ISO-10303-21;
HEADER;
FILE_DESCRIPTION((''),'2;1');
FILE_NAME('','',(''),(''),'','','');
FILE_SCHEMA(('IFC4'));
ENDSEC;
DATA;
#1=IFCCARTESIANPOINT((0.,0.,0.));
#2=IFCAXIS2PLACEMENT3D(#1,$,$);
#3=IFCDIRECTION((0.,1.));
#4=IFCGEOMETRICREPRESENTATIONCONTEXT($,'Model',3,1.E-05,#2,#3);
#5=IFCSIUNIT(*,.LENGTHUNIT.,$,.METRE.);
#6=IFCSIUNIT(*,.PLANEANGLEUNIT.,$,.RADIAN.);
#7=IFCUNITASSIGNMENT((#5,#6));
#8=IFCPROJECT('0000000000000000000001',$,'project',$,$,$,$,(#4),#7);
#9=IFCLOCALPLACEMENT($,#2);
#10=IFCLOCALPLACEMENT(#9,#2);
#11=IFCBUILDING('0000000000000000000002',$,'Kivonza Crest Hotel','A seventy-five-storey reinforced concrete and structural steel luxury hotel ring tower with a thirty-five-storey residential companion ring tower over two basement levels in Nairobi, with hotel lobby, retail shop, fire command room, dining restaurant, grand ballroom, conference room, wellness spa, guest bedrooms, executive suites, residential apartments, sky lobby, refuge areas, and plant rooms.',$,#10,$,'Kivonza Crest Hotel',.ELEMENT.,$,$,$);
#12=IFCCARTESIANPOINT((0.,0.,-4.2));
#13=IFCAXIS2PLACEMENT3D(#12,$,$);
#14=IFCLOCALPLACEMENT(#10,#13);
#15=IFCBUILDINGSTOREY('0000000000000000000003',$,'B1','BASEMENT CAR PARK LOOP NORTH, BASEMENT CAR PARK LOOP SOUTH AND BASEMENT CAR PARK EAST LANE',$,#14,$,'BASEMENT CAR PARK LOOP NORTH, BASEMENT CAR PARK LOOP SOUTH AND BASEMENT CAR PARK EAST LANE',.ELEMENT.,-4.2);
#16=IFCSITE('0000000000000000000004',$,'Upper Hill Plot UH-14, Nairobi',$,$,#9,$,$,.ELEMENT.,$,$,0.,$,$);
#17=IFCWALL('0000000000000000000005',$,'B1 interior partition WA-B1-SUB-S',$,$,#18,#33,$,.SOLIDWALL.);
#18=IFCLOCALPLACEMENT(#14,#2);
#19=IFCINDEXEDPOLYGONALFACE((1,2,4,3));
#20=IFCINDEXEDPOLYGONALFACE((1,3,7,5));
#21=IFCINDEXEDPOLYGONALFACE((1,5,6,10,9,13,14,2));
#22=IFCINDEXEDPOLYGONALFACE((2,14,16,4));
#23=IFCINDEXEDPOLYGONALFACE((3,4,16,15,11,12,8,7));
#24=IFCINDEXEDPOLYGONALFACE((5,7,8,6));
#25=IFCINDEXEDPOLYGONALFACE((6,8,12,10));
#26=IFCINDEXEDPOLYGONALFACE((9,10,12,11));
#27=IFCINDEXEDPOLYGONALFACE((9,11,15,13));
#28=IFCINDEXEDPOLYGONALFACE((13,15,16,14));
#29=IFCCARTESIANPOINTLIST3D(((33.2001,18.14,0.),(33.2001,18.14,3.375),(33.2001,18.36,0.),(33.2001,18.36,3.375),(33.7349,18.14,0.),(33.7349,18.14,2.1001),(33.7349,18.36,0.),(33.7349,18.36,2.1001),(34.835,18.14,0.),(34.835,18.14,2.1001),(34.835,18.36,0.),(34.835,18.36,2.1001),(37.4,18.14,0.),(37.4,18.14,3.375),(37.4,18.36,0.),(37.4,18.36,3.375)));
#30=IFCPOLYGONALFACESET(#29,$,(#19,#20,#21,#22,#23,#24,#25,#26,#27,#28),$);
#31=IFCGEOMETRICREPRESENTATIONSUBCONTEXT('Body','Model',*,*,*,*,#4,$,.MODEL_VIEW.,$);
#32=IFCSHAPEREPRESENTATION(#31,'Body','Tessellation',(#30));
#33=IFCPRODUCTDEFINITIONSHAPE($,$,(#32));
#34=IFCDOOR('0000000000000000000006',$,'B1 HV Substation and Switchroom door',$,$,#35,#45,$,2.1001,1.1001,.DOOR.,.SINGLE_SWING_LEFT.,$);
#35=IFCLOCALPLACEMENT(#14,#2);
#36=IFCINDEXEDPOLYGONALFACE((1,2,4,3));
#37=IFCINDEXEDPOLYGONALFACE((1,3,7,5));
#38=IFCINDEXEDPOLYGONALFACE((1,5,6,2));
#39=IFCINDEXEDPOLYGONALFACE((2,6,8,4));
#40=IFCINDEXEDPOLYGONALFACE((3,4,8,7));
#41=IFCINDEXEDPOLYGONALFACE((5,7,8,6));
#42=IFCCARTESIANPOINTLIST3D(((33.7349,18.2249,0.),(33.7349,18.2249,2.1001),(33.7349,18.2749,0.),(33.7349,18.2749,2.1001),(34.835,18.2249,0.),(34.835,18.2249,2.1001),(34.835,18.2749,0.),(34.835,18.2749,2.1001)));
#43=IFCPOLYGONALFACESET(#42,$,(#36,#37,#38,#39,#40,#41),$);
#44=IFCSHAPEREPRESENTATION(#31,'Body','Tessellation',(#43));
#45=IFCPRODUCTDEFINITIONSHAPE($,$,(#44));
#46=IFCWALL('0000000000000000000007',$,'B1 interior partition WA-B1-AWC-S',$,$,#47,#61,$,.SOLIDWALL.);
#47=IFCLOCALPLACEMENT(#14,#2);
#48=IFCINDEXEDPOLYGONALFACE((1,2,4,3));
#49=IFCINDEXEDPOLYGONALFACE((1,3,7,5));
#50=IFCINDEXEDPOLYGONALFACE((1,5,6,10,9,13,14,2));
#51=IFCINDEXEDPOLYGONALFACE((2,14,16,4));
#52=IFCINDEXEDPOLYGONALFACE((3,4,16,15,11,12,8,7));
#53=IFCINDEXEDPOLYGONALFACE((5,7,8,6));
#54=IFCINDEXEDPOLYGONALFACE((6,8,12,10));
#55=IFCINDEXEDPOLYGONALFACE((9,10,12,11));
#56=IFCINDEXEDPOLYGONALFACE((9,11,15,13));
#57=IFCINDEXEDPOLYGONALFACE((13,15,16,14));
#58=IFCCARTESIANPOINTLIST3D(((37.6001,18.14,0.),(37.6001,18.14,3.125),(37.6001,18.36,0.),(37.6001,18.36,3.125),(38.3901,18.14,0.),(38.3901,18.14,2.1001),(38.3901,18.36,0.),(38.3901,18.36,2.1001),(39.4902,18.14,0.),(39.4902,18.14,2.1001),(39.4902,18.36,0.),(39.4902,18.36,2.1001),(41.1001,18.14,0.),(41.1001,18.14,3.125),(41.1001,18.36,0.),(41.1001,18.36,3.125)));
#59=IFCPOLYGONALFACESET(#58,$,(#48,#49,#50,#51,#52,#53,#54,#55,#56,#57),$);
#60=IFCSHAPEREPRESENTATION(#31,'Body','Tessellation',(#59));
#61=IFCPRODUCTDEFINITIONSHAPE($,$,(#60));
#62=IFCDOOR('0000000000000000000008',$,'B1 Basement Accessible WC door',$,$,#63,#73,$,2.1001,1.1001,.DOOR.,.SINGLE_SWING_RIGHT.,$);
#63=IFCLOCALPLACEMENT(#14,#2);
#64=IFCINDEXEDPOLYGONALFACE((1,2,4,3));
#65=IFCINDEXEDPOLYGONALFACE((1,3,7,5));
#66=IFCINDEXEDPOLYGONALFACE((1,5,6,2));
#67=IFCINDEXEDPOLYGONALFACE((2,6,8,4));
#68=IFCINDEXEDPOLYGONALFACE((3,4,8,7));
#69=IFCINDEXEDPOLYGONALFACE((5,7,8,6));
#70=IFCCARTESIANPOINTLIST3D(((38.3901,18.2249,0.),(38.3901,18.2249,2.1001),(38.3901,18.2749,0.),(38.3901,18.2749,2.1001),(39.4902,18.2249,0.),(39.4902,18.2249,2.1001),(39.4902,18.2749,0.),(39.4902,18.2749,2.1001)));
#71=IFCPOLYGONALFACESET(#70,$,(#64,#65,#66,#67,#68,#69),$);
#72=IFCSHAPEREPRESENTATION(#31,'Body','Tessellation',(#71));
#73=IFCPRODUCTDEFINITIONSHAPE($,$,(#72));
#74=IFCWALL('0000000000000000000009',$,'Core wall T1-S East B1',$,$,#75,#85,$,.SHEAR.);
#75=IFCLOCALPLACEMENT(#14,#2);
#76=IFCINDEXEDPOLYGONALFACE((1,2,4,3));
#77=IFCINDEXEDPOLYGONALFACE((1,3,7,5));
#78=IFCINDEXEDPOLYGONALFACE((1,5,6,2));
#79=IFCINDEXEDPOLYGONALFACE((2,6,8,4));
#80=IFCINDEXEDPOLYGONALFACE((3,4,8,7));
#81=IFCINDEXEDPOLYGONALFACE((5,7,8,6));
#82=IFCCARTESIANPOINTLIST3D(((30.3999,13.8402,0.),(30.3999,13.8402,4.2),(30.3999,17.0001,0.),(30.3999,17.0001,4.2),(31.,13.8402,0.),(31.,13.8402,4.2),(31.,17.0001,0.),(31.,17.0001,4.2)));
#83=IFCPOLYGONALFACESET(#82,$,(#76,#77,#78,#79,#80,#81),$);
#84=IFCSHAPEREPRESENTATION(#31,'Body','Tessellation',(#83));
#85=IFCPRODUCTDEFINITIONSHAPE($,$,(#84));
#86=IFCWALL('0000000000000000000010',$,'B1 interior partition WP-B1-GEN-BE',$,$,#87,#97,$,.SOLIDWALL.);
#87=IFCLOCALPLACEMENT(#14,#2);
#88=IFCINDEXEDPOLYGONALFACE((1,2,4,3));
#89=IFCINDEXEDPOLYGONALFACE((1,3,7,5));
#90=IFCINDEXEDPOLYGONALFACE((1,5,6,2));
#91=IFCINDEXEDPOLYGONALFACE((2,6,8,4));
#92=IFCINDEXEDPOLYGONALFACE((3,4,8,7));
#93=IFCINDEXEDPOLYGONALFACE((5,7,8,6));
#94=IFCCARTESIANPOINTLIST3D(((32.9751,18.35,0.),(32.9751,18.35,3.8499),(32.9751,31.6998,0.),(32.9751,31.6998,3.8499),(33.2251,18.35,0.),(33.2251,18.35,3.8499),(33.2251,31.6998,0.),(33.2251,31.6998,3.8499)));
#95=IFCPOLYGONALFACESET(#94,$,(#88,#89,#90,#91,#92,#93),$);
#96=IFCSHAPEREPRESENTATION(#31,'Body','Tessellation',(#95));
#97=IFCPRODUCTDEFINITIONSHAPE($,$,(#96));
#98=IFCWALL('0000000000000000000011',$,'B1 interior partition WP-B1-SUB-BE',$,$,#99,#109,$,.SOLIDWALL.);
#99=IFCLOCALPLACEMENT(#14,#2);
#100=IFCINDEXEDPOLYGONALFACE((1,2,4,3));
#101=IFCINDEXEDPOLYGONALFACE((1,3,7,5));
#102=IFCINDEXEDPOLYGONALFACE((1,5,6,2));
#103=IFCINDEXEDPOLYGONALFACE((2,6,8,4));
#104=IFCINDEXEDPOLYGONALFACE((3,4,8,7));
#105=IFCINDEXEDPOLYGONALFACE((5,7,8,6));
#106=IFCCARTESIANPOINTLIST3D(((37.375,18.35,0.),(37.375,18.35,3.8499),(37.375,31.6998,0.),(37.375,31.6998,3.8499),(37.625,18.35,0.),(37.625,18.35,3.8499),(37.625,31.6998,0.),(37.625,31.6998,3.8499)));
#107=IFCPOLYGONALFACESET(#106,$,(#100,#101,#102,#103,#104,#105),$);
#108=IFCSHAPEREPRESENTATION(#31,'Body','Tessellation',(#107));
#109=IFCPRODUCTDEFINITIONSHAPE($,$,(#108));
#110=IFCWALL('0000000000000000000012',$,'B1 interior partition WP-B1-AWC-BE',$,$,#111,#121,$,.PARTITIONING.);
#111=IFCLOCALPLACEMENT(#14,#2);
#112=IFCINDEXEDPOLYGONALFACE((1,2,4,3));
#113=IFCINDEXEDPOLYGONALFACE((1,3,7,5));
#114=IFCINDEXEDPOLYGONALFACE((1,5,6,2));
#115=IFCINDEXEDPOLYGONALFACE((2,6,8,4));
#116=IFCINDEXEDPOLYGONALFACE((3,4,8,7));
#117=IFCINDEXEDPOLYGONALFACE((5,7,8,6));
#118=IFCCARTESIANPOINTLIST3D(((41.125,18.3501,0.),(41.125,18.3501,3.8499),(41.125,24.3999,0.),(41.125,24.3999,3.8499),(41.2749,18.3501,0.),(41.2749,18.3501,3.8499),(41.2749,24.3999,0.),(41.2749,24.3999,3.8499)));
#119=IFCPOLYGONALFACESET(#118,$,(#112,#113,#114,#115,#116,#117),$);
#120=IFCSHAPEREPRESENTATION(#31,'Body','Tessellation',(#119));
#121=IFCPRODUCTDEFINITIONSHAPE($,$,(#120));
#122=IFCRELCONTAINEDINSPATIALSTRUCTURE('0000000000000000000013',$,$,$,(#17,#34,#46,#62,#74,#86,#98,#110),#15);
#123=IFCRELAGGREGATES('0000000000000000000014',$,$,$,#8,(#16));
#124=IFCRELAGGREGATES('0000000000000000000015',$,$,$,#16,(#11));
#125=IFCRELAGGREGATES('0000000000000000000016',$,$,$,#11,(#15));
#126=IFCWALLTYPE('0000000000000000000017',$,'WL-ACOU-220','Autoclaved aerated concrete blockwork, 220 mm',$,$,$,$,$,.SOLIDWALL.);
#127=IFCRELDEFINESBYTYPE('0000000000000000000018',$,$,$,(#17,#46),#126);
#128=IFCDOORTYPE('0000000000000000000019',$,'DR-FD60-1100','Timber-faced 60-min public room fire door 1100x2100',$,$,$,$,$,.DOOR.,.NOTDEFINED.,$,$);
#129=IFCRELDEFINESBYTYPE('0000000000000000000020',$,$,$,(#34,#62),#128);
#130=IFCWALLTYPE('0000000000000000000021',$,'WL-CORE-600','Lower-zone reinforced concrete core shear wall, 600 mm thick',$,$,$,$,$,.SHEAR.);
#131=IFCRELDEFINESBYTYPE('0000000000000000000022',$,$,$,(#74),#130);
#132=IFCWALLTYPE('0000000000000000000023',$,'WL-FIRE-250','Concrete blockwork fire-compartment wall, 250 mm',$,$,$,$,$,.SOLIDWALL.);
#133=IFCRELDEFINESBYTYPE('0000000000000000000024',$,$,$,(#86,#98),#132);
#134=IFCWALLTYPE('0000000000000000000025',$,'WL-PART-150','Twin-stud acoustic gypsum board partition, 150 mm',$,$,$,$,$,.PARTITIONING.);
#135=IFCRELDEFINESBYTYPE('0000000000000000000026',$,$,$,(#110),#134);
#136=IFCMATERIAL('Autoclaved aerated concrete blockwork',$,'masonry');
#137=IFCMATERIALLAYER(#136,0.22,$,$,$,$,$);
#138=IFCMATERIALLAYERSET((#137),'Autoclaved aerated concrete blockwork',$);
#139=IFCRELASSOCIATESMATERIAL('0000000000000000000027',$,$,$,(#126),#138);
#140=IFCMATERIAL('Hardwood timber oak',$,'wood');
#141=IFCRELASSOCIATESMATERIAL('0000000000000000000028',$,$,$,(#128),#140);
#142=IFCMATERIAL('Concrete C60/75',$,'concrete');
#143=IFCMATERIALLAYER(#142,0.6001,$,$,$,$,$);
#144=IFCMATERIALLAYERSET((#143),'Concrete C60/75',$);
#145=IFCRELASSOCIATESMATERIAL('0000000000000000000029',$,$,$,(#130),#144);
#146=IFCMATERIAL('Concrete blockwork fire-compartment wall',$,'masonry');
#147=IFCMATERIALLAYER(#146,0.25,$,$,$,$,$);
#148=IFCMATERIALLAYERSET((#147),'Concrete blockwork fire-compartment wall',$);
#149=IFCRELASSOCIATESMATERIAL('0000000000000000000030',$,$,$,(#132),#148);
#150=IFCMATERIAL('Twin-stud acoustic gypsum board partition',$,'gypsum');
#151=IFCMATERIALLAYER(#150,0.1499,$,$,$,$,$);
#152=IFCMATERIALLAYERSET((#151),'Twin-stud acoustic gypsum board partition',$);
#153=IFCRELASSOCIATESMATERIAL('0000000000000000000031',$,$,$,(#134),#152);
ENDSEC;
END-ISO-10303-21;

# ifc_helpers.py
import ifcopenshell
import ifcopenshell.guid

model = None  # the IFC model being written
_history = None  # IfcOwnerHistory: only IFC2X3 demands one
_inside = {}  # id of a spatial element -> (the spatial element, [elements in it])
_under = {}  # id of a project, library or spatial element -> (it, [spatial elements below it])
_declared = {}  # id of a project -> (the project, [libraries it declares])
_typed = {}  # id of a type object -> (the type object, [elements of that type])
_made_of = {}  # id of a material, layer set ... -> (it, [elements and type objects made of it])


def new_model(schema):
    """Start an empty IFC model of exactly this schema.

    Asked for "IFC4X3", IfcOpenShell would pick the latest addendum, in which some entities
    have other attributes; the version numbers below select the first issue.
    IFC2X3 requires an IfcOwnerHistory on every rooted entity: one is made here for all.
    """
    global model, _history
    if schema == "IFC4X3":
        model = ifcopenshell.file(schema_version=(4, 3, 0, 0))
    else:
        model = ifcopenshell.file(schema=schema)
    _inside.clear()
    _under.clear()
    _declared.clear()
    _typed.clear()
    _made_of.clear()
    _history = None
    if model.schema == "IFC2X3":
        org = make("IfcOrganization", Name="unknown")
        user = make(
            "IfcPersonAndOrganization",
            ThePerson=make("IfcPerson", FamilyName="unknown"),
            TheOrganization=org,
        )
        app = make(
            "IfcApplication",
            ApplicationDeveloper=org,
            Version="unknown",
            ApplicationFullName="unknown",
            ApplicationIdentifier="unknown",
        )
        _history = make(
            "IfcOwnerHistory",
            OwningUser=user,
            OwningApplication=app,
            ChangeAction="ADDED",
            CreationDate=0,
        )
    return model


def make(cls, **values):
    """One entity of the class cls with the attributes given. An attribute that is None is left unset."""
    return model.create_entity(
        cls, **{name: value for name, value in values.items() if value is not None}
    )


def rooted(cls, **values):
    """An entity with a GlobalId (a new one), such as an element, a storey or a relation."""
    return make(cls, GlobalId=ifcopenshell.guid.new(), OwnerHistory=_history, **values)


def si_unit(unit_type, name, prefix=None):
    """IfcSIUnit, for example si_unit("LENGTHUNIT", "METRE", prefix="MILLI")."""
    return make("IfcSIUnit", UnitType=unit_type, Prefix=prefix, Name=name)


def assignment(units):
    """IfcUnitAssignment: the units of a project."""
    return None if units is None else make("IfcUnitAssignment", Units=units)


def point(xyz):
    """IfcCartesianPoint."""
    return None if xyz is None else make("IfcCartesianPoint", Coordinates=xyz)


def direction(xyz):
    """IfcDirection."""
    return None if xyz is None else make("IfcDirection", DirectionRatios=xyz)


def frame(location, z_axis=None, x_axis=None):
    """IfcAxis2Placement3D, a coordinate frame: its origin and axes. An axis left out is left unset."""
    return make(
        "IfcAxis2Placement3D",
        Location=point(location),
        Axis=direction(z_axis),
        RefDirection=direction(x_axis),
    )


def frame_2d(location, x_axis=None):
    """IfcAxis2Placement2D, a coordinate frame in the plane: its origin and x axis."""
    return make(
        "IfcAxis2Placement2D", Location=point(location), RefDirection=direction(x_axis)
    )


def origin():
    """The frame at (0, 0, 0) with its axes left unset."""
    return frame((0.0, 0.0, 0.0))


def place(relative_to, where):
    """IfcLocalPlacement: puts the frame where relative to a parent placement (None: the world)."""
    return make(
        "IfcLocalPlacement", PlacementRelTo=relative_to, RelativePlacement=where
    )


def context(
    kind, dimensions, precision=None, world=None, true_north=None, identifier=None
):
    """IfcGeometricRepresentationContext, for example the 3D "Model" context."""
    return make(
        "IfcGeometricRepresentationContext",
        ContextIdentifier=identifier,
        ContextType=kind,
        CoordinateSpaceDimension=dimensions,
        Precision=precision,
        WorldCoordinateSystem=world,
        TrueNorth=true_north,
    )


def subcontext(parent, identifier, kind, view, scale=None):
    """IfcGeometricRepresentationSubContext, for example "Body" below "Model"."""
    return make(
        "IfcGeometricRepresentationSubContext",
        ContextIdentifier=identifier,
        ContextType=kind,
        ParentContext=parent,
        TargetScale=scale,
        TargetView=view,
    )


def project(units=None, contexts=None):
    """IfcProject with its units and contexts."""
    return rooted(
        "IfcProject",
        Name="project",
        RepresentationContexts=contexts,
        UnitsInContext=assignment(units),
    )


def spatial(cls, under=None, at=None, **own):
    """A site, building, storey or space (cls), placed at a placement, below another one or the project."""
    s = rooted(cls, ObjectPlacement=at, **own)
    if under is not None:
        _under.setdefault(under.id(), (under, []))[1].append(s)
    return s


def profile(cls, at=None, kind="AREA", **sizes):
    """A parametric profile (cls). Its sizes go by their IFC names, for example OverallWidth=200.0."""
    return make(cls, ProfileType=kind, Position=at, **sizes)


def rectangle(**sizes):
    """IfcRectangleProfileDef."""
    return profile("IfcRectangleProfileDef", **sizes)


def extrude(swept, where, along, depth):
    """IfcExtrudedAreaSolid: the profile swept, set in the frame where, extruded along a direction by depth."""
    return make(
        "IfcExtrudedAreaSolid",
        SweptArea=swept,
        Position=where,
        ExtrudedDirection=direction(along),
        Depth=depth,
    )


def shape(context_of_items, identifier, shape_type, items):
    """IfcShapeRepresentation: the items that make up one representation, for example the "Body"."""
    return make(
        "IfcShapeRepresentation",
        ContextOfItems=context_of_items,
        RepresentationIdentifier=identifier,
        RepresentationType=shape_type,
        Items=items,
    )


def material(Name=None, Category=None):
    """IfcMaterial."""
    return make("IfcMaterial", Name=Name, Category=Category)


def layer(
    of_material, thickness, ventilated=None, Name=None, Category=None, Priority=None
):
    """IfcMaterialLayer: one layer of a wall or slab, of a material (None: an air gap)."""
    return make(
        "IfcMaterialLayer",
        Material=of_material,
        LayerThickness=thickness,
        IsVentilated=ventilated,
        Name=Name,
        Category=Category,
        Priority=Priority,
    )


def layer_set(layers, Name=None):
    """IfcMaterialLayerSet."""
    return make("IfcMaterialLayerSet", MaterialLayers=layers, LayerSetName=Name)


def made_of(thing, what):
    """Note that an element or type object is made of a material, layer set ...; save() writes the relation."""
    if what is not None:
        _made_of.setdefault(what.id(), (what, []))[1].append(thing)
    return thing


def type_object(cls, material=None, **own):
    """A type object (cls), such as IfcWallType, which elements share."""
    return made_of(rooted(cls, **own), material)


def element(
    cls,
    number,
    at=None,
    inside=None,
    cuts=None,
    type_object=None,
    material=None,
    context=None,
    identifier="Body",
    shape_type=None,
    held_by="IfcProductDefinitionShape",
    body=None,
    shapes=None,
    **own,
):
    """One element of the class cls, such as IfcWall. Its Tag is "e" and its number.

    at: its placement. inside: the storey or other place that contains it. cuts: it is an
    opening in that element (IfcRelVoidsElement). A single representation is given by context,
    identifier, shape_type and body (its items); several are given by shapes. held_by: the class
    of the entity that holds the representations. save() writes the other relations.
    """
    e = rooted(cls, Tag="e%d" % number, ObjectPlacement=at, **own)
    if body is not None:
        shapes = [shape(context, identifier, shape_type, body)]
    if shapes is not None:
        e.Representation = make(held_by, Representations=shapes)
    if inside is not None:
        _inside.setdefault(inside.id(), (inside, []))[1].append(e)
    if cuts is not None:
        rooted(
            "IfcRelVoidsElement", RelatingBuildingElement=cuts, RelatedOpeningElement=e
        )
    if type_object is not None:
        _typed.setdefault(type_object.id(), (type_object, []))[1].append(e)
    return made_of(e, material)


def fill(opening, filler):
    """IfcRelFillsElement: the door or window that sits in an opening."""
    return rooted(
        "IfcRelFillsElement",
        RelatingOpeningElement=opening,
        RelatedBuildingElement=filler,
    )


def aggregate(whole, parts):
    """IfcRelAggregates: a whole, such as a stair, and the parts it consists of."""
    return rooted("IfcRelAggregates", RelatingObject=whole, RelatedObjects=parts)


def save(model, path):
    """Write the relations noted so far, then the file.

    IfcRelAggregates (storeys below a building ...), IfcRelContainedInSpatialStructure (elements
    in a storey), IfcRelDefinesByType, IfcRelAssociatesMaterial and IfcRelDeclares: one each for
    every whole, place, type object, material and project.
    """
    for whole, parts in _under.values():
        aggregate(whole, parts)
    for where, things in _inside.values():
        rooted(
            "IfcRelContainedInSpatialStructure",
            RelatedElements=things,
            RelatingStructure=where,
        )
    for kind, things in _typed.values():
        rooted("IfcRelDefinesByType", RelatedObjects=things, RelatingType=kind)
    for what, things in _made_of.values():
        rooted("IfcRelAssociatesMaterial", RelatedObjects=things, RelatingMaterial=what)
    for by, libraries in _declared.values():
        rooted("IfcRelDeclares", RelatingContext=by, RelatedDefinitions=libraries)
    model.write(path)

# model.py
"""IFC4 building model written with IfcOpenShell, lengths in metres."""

from ifc_helpers import new_model, si_unit, direction, frame, frame_2d, origin, place, context, subcontext, project, spatial, rectangle, extrude, material, layer, layer_set, type_object, element, fill, save


model = new_model("IFC4")

# Units and contexts
model_context = context("Model", 3, precision=1e-05, world=origin(), true_north=direction((0.0, 1.0)))
body_context = subcontext(model_context, "Body", "Model", "MODEL_VIEW")
ifc_project = project(units=[si_unit("LENGTHUNIT", "METRE"), si_unit("PLANEANGLEUNIT", "RADIAN")], contexts=[model_context])

# Site, building, storey
site_placement = place(None, origin())
site = spatial("IfcSite", under=ifc_project, at=site_placement, Name="Upper Hill Plot UH-14, Nairobi", CompositionType="ELEMENT", RefElevation=0.0)
building_placement = place(site_placement, origin())
building = spatial("IfcBuilding", under=site, at=building_placement, Name="Kivonza Crest Hotel", Description="A seventy-five-storey reinforced concrete and structural steel luxury hotel ring tower with a thirty-five-storey residential companion ring tower over two basement levels in Nairobi, with hotel lobby, retail shop, fire command room, dining restaurant, grand ballroom, conference room, wellness spa, guest bedrooms, executive suites, residential apartments, sky lobby, refuge areas, and plant rooms.", LongName="Kivonza Crest Hotel", CompositionType="ELEMENT")
storey_placement = place(building_placement, frame((0.0, 0.0, -4.2)))
storey = spatial("IfcBuildingStorey", under=building, at=storey_placement, Name="B1", Description="BASEMENT CAR PARK LOOP NORTH, BASEMENT CAR PARK LOOP SOUTH AND BASEMENT CAR PARK EAST LANE", LongName="BASEMENT CAR PARK LOOP NORTH, BASEMENT CAR PARK LOOP SOUTH AND BASEMENT CAR PARK EAST LANE", CompositionType="ELEMENT", Elevation=-4.2)

# Shared definitions
ifc_material_1 = material(Name="Concrete C60/75", Category="concrete")

# Walls, openings, doors
ifc_material_2 = material(Name="Autoclaved aerated concrete blockwork", Category="masonry")
ifc_layer_1 = layer(ifc_material_2, 0.22)
ifc_layer_set_1 = layer_set([ifc_layer_1], Name="Autoclaved aerated concrete blockwork")
wall_type_1 = type_object("IfcWallType", Name="WL-ACOU-220", Description="Autoclaved aerated concrete blockwork, 220 mm", PredefinedType="SOLIDWALL", material=ifc_layer_set_1)
wall_1_placement = place(storey_placement, frame((33.2, 18.25, 0.0), z_axis=(0.0, 0.0, 1.0), x_axis=(1.0, 0.0, 0.0)))
wall_1 = element("IfcWall", 1, at=wall_1_placement, inside=storey, type_object=wall_type_1, Name="B1 interior partition WA-B1-SUB-S", PredefinedType="SOLIDWALL", context=body_context, shape_type="SweptSolid", body=[
    extrude(rectangle(XDim=4.2, YDim=0.22, at=frame_2d((2.1001, 0.0))), origin(), (0.0, 0.0, 1.0), 3.375),
])
opening_1_placement = place(wall_1_placement, frame((0.5349, 0.0, 0.0)))
opening_1 = element("IfcOpeningElement", 2, at=opening_1_placement, cuts=wall_1, PredefinedType="OPENING", context=body_context, shape_type="SweptSolid", body=[
    extrude(rectangle(XDim=1.1001, YDim=2.1001, at=frame_2d((0.55, 1.05))), frame((0.0, 0.1201, 0.0), z_axis=(0.0, -1.0, 0.0), x_axis=(1.0, 0.0, 0.0)), (0.0, 0.0, 1.0), 0.24),
])
ifc_material_3 = material(Name="Hardwood timber oak", Category="wood")
door_type = type_object("IfcDoorType", Name="DR-FD60-1100", Description="Timber-faced 60-min public room fire door 1100x2100", OperationType="NOTDEFINED", PredefinedType="DOOR", material=ifc_material_3)
door_1_placement = place(opening_1_placement, origin())
door_1 = element("IfcDoor", 3, at=door_1_placement, inside=storey, type_object=door_type, Name="B1 HV Substation and Switchroom door", OperationType="SINGLE_SWING_LEFT", OverallHeight=2.1001, OverallWidth=1.1001, PredefinedType="DOOR", context=body_context, shape_type="SweptSolid", body=[
    extrude(rectangle(XDim=1.1001, YDim=2.1001, at=frame_2d((0.55, 1.05))), frame((0.0, 0.0249, 0.0), z_axis=(0.0, -1.0, 0.0), x_axis=(1.0, 0.0, 0.0)), (0.0, 0.0, 1.0), 0.05),
])
fill(opening_1, door_1)
wall_2_placement = place(storey_placement, frame((37.6001, 18.25, 0.0), z_axis=(0.0, 0.0, 1.0), x_axis=(1.0, 0.0, 0.0)))
wall_2 = element("IfcWall", 4, at=wall_2_placement, inside=storey, type_object=wall_type_1, Name="B1 interior partition WA-B1-AWC-S", PredefinedType="SOLIDWALL", context=body_context, shape_type="SweptSolid", body=[
    extrude(rectangle(XDim=3.5, YDim=0.22, at=frame_2d((1.75, 0.0))), origin(), (0.0, 0.0, 1.0), 3.125),
])
opening_2_placement = place(wall_2_placement, frame((0.79, 0.0, 0.0)))
opening_2 = element("IfcOpeningElement", 5, at=opening_2_placement, cuts=wall_2, PredefinedType="OPENING", context=body_context, shape_type="SweptSolid", body=[
    extrude(rectangle(XDim=1.1001, YDim=2.1001, at=frame_2d((0.55, 1.05))), frame((0.0, 0.1201, 0.0), z_axis=(0.0, -1.0, 0.0), x_axis=(1.0, 0.0, 0.0)), (0.0, 0.0, 1.0), 0.24),
])
door_2_placement = place(opening_2_placement, origin())
door_2 = element("IfcDoor", 6, at=door_2_placement, inside=storey, type_object=door_type, Name="B1 Basement Accessible WC door", OperationType="SINGLE_SWING_RIGHT", OverallHeight=2.1001, OverallWidth=1.1001, PredefinedType="DOOR", context=body_context, shape_type="SweptSolid", body=[
    extrude(rectangle(XDim=1.1001, YDim=2.1001, at=frame_2d((0.55, 1.05))), frame((0.0, 0.0249, 0.0), z_axis=(0.0, -1.0, 0.0), x_axis=(1.0, 0.0, 0.0)), (0.0, 0.0, 1.0), 0.05),
])
fill(opening_2, door_2)

# Walls
ifc_layer_2 = layer(ifc_material_1, 0.6001)
ifc_layer_set_2 = layer_set([ifc_layer_2], Name="Concrete C60/75")
wall_type_2 = type_object("IfcWallType", Name="WL-CORE-600", Description="Lower-zone reinforced concrete core shear wall, 600 mm thick", PredefinedType="SHEAR", material=ifc_layer_set_2)
wall_3_placement = place(storey_placement, frame((30.7, 13.8401, 0.0), z_axis=(0.0, 0.0, 1.0), x_axis=(0.0, 1.0, 0.0)))
element("IfcWall", 7, at=wall_3_placement, inside=storey, type_object=wall_type_2, Name="Core wall T1-S East B1", PredefinedType="SHEAR", context=body_context, shape_type="SweptSolid", body=[
    extrude(rectangle(XDim=3.1599, YDim=0.6001, at=frame_2d((1.5801, 0.0))), origin(), (0.0, 0.0, 1.0), 4.2),
])
ifc_material_4 = material(Name="Concrete blockwork fire-compartment wall", Category="masonry")
ifc_layer_3 = layer(ifc_material_4, 0.25)
ifc_layer_set_3 = layer_set([ifc_layer_3], Name="Concrete blockwork fire-compartment wall")
wall_type_3 = type_object("IfcWallType", Name="WL-FIRE-250", Description="Concrete blockwork fire-compartment wall, 250 mm", PredefinedType="SOLIDWALL", material=ifc_layer_set_3)
for number, where, z_axis, x_axis, name in (
    (8, (33.1001, 18.3501, 0.0), (0.0, 0.0, 1.0), (0.0, 1.0, 0.0), "B1 interior partition WP-B1-GEN-BE"),
    (9, (37.5, 18.3501, 0.0), (0.0, 0.0, 1.0), (0.0, 1.0, 0.0), "B1 interior partition WP-B1-SUB-BE"),
):
    element("IfcWall", number, at=place(storey_placement, frame(where, z_axis=z_axis, x_axis=x_axis)), inside=storey, type_object=wall_type_3, Name=name, PredefinedType="SOLIDWALL", context=body_context, shape_type="SweptSolid", body=[
        extrude(rectangle(XDim=13.3499, YDim=0.25, at=frame_2d((6.6748, 0.0))), origin(), (0.0, 0.0, 1.0), 3.8499),
    ])
ifc_material_5 = material(Name="Twin-stud acoustic gypsum board partition", Category="gypsum")
ifc_layer_4 = layer(ifc_material_5, 0.1499)
ifc_layer_set_4 = layer_set([ifc_layer_4], Name="Twin-stud acoustic gypsum board partition")
wall_type_4 = type_object("IfcWallType", Name="WL-PART-150", Description="Twin-stud acoustic gypsum board partition, 150 mm", PredefinedType="PARTITIONING", material=ifc_layer_set_4)
wall_4_placement = place(storey_placement, frame((41.2, 18.3501, 0.0), z_axis=(0.0, 0.0, 1.0), x_axis=(0.0, 1.0, 0.0)))
element("IfcWall", 10, at=wall_4_placement, inside=storey, type_object=wall_type_4, Name="B1 interior partition WP-B1-AWC-BE", PredefinedType="PARTITIONING", context=body_context, shape_type="SweptSolid", body=[
    extrude(rectangle(XDim=6.0498, YDim=0.1499, at=frame_2d((3.0249, 0.0))), origin(), (0.0, 0.0, 1.0), 3.8499),
])

save(model, "model.ifc")
